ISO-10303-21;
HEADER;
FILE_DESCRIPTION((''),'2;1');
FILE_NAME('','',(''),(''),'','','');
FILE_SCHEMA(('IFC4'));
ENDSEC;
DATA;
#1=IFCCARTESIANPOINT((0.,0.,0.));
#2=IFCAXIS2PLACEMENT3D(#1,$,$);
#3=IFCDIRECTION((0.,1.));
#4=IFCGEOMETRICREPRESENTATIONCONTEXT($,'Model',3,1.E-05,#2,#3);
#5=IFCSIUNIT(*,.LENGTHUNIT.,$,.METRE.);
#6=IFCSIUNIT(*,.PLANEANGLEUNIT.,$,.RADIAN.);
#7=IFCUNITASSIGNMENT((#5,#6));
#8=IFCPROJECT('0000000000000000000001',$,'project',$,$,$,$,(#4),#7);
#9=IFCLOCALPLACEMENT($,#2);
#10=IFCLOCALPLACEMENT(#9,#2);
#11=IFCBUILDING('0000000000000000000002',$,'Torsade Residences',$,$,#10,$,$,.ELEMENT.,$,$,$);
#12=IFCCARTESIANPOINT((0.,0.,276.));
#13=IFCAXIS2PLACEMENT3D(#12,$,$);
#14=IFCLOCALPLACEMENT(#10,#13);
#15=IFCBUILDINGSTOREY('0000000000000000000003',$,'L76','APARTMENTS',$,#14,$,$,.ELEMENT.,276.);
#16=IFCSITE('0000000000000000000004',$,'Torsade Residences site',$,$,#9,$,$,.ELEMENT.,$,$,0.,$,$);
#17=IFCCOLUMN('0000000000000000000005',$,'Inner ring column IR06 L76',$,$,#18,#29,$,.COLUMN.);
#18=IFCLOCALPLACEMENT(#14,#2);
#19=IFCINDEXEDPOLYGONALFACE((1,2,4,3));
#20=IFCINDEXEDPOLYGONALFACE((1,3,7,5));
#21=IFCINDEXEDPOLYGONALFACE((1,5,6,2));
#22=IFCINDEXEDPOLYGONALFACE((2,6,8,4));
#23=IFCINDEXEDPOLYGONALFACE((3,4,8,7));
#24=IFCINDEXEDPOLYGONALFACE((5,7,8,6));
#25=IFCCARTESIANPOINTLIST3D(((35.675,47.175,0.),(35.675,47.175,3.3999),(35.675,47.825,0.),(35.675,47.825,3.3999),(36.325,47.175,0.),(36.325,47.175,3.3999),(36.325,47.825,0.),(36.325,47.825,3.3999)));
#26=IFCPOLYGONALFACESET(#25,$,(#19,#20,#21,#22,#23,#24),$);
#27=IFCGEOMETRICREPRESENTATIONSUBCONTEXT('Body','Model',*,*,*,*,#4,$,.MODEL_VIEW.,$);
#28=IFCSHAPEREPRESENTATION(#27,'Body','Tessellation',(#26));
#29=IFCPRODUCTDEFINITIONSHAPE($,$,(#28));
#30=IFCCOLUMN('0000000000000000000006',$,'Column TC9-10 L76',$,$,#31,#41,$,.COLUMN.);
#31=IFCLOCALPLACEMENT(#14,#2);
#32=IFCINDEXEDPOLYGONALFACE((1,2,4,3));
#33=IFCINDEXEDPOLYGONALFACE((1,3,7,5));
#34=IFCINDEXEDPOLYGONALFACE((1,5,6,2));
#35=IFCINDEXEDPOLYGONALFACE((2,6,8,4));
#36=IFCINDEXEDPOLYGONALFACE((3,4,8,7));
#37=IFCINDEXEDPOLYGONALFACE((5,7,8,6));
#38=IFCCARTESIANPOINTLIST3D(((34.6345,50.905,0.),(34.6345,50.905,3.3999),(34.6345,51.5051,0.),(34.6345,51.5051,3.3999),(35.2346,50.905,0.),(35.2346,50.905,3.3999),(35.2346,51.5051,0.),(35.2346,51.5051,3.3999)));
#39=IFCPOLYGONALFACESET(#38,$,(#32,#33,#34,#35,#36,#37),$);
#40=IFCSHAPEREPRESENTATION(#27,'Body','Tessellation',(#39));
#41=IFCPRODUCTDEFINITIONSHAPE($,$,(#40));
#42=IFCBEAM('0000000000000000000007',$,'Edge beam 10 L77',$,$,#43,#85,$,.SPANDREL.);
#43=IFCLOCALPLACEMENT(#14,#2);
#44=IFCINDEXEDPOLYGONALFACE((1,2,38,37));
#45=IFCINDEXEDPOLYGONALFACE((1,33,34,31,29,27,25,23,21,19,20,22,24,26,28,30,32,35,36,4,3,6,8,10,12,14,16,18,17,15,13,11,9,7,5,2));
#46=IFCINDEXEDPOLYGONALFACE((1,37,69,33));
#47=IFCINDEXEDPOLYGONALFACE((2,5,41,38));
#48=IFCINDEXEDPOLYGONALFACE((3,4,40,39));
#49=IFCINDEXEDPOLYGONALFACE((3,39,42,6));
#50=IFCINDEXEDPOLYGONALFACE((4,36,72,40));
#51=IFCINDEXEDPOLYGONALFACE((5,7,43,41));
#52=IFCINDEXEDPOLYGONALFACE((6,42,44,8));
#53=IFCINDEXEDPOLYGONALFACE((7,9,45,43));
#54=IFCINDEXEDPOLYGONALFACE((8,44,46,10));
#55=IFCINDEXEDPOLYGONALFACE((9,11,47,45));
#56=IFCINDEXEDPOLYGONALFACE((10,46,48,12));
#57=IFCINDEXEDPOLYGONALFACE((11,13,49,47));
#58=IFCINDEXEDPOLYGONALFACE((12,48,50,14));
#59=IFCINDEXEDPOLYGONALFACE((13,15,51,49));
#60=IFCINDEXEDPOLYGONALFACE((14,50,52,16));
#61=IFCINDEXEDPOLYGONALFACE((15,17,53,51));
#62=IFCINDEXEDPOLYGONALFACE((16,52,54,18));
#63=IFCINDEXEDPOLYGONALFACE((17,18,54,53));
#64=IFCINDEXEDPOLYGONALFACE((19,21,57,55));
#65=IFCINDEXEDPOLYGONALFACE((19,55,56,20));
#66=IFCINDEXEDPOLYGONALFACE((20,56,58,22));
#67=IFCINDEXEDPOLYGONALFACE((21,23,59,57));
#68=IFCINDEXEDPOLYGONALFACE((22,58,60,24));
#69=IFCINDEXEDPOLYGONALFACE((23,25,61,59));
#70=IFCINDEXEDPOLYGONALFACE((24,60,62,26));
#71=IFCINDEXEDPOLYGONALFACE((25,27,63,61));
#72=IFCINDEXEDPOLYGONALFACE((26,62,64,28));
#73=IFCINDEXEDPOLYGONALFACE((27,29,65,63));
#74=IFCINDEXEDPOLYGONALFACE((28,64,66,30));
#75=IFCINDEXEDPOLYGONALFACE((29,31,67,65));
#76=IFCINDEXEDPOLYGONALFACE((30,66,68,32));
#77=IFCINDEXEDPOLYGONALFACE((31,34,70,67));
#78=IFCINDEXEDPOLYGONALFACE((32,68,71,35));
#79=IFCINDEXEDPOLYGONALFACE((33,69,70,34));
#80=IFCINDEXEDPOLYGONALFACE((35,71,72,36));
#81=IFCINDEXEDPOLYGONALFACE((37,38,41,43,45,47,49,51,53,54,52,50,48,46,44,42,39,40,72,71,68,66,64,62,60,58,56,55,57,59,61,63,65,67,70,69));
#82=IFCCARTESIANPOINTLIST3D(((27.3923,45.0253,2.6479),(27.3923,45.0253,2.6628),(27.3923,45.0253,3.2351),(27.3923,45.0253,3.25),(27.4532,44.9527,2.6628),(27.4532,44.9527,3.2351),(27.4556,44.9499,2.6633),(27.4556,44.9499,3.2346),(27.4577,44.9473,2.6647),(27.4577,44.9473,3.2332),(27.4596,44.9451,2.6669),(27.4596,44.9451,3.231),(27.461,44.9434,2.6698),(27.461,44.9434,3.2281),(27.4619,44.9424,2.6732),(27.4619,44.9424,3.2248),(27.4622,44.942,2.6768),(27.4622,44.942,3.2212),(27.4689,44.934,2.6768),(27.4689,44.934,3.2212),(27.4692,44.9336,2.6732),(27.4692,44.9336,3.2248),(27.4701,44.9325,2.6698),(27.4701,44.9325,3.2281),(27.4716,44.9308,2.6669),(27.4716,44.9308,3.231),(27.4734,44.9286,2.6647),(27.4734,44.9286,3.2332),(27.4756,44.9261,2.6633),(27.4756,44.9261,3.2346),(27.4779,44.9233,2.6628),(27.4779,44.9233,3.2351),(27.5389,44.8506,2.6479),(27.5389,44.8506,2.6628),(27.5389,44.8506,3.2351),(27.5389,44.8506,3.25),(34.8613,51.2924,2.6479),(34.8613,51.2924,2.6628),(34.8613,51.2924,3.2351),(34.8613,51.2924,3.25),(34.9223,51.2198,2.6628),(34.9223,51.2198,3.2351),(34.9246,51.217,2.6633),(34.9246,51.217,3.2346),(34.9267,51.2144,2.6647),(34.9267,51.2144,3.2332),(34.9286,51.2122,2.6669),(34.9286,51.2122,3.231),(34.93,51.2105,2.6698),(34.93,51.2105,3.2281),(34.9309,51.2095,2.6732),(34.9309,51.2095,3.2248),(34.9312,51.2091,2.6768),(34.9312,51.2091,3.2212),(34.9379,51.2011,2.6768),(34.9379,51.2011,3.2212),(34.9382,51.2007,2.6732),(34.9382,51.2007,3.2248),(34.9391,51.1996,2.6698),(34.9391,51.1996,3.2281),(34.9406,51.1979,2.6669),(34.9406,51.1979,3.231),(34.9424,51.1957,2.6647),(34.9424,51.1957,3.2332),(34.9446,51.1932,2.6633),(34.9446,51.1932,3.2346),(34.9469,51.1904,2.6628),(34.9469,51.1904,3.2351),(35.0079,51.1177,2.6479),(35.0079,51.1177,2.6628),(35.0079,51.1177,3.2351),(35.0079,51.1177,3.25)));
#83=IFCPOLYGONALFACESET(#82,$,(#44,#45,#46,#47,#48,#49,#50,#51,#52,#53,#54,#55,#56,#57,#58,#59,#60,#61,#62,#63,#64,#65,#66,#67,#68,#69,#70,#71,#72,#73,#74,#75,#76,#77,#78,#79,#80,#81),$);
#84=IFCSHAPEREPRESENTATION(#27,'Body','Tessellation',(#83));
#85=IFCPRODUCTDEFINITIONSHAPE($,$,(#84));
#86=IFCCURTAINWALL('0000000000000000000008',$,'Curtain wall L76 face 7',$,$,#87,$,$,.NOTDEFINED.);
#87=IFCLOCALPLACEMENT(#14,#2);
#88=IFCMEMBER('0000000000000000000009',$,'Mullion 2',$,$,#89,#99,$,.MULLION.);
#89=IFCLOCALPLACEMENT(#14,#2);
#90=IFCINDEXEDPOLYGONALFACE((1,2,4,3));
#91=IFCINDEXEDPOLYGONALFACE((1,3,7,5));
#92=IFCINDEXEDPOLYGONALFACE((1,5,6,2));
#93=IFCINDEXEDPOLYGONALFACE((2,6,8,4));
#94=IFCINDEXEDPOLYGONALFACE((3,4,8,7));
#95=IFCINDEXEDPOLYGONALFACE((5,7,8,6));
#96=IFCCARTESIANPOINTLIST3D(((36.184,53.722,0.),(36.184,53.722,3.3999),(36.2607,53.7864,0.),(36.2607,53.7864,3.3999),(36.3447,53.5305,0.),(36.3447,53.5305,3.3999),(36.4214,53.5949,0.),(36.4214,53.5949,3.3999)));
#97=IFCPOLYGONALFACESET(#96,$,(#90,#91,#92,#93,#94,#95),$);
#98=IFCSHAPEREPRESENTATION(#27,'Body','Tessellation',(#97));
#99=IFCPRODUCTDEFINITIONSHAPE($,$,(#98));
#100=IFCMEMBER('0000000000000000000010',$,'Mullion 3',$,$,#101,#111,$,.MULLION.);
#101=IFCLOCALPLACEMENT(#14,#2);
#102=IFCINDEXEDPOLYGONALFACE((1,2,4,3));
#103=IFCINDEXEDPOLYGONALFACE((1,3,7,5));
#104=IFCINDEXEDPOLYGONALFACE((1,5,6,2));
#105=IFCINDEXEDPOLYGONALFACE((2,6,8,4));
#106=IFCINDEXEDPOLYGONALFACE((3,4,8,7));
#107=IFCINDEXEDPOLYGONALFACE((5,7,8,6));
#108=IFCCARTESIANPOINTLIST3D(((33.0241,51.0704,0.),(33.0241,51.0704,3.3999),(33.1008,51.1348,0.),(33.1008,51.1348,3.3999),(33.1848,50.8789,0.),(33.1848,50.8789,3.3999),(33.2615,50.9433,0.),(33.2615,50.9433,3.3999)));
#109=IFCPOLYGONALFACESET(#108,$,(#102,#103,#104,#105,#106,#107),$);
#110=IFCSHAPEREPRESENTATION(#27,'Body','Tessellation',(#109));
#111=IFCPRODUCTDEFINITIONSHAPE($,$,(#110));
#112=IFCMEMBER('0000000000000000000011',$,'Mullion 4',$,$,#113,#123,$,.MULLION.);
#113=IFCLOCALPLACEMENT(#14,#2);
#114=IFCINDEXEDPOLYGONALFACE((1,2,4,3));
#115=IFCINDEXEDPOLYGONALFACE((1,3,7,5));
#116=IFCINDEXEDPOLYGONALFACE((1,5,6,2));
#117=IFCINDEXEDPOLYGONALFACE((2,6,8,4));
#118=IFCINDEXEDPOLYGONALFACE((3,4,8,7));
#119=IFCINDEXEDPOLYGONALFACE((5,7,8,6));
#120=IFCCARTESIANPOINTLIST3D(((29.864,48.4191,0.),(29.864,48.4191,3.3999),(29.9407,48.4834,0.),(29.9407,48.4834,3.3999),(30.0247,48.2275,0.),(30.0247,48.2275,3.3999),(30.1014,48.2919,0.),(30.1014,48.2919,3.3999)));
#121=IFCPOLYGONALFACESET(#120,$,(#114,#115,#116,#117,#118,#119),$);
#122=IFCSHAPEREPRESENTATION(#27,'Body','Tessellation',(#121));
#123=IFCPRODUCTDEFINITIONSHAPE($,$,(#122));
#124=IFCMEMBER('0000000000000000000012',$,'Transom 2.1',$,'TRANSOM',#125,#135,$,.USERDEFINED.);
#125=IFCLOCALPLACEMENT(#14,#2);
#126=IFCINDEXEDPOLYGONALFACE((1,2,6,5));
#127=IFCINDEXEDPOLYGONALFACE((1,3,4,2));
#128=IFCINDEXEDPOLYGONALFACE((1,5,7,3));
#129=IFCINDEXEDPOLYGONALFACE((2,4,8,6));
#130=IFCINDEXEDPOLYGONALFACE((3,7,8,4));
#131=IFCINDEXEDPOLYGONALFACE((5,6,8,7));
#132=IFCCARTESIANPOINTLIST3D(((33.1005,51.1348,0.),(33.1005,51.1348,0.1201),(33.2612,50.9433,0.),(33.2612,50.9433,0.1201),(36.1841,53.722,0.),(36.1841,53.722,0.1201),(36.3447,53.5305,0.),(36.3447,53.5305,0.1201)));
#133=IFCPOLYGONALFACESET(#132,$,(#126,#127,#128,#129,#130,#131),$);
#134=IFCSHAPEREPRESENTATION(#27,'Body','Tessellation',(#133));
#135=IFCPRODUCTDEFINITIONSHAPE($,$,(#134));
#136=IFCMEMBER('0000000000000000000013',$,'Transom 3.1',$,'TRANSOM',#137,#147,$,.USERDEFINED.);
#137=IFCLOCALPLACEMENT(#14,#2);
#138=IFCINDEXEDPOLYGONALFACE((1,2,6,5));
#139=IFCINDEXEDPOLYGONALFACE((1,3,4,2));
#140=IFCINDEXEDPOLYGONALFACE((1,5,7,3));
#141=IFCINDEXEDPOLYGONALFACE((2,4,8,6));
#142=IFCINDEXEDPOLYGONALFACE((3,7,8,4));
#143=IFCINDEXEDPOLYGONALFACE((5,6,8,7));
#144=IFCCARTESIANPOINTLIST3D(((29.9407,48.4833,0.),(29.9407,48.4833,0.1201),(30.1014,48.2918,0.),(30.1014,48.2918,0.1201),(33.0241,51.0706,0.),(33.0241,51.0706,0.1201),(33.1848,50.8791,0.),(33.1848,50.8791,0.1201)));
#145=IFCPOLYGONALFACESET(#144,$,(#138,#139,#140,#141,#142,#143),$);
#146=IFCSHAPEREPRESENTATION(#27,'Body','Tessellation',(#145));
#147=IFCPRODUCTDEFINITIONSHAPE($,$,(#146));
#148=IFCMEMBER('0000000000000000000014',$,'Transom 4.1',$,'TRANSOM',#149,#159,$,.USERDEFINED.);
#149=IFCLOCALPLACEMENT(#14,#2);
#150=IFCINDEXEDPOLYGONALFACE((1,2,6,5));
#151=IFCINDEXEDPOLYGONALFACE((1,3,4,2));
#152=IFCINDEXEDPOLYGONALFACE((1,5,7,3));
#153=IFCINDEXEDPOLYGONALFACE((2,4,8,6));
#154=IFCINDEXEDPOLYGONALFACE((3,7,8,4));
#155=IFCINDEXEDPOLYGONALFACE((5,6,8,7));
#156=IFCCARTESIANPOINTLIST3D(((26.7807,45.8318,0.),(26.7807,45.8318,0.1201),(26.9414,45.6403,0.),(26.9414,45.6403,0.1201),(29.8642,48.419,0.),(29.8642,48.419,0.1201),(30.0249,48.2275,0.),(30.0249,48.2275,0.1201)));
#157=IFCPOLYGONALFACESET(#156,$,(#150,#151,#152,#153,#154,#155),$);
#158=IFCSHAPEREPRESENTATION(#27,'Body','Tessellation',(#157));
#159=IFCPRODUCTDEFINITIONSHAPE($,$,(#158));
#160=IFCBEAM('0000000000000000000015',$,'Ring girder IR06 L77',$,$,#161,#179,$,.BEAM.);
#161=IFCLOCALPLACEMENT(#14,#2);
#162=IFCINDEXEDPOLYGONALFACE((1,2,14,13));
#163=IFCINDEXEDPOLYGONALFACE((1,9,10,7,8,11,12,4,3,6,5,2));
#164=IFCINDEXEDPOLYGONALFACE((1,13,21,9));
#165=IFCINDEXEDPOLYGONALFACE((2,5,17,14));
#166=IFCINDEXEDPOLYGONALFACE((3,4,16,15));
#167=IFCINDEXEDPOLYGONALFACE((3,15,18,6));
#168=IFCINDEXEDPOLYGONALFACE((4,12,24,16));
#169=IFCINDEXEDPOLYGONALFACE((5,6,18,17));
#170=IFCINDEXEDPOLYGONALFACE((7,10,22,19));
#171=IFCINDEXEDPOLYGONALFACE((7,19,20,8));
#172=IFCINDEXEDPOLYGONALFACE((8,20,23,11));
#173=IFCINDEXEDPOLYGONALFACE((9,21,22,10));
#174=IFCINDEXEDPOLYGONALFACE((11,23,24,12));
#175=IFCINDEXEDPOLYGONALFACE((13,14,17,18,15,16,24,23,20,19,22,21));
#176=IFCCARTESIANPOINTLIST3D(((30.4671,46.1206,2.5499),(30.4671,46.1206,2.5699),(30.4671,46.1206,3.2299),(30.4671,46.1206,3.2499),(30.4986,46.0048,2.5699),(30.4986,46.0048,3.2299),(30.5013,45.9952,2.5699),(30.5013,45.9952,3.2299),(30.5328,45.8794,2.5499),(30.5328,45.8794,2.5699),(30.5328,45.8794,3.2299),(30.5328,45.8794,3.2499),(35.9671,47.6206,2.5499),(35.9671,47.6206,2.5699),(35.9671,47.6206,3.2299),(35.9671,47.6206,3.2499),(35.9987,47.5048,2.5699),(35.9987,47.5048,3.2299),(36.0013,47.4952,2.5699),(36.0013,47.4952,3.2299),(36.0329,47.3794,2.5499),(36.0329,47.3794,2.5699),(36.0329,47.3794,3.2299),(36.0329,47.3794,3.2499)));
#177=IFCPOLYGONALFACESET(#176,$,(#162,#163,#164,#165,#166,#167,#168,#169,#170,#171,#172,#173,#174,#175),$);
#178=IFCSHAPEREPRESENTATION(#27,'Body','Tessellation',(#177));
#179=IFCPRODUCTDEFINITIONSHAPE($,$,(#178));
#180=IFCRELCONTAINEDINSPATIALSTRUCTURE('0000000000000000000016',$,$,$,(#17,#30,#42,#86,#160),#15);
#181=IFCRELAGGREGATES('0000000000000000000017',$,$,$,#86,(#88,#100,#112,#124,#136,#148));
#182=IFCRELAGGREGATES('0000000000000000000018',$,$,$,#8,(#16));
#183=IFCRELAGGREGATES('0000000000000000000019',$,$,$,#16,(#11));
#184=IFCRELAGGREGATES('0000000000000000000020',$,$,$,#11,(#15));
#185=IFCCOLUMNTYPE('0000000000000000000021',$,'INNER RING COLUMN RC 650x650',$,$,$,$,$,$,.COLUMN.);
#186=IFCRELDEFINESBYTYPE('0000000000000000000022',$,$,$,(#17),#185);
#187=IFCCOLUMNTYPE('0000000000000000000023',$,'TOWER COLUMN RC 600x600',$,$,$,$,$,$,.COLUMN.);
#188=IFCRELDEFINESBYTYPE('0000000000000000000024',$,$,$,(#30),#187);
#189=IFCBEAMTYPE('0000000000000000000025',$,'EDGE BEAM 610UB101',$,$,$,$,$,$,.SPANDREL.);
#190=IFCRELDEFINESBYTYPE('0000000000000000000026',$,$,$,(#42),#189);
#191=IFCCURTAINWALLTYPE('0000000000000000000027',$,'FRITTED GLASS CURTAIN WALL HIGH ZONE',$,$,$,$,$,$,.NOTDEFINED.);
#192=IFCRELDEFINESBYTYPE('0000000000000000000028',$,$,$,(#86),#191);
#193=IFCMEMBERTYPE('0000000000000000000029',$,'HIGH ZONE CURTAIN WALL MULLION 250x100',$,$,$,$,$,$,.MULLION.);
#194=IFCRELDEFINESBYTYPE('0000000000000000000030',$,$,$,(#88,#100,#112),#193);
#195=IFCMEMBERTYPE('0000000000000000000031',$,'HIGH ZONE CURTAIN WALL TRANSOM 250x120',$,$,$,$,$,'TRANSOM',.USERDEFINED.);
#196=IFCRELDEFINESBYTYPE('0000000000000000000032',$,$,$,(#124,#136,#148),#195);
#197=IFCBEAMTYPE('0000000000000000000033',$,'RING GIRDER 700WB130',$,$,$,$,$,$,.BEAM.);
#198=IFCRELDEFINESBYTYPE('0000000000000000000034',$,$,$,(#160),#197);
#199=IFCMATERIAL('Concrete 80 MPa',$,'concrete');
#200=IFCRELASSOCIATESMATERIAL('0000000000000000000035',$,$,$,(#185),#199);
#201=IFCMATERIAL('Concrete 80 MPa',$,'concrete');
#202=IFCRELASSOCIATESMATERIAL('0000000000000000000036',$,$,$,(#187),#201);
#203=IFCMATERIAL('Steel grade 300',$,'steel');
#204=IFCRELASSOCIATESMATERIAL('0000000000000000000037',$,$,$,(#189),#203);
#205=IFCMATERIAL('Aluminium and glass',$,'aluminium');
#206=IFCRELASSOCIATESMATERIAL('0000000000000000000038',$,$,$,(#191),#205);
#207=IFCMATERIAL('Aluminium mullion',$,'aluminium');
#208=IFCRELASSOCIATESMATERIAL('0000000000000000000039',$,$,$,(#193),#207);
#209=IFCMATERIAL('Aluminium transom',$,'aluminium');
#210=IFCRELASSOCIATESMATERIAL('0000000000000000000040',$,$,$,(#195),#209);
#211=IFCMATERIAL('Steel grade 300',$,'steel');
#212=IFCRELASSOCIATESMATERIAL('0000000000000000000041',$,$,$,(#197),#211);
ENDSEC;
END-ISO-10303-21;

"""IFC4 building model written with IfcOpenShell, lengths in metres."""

from ifc_helpers import new_model, si_unit, direction, frame, origin, origin_2d, place, context, subcontext, project, spatial, rectangle, i_section, extrude, material, material_profile, profile_set, type_object, element, aggregate, save


model = new_model("IFC4")

# Units and contexts
model_context = context("Model", 3, precision=1e-05, world=origin(), true_north=direction((0.0, 1.0)))
body_context = subcontext(model_context, "Body", "Model", "MODEL_VIEW")
ifc_project = project(units=[si_unit("LENGTHUNIT", "METRE"), si_unit("PLANEANGLEUNIT", "RADIAN")], contexts=[model_context])

# Site, building, storey
site_placement = place(None, origin())
site = spatial("IfcSite", under=ifc_project, at=site_placement, Name="Torsade Residences site", CompositionType="ELEMENT", RefElevation=0.0)
building_placement = place(site_placement, origin())
building = spatial("IfcBuilding", under=site, at=building_placement, Name="Torsade Residences", CompositionType="ELEMENT")
storey_placement = place(building_placement, frame((0.0, 0.0, 276.0)))
storey = spatial("IfcBuildingStorey", under=building, at=storey_placement, Name="L76", Description="APARTMENTS", CompositionType="ELEMENT", Elevation=276.0)

# Columns
ifc_material_1 = material(Name="Concrete 80 MPa", Category="concrete")
ifc_material_profile_1 = material_profile(ifc_material_1, rectangle(XDim=0.6499, YDim=0.6499, at=origin_2d()), Name="RC 650x650")
ifc_profile_set_1 = profile_set([ifc_material_profile_1], Name="Concrete 80 MPa")
column_type_1 = type_object("IfcColumnType", Name="INNER RING COLUMN RC 650x650", PredefinedType="COLUMN", material=ifc_profile_set_1)
column_1_placement = place(storey_placement, frame((36.0, 47.5, 0.0), z_axis=(0.0, 0.0, 1.0), x_axis=(1.0, 0.0, 0.0)))
element("IfcColumn", 1, at=column_1_placement, inside=storey, type_object=column_type_1, Name="Inner ring column IR06 L76", PredefinedType="COLUMN", context=body_context, shape_type="SweptSolid", body=[
    extrude(rectangle(XDim=0.6499, YDim=0.6499, at=origin_2d()), origin(), (0.0, 0.0, 1.0), 3.3999),
])
ifc_material_2 = material(Name="Concrete 80 MPa", Category="concrete")
ifc_material_profile_2 = material_profile(ifc_material_2, rectangle(XDim=0.6001, YDim=0.6001, at=origin_2d()), Name="RC 600x600")
ifc_profile_set_2 = profile_set([ifc_material_profile_2], Name="Concrete 80 MPa")
column_type_2 = type_object("IfcColumnType", Name="TOWER COLUMN RC 600x600", PredefinedType="COLUMN", material=ifc_profile_set_2)
column_2_placement = place(storey_placement, frame((34.9346, 51.2051, 0.0), z_axis=(0.0, 0.0, 1.0), x_axis=(1.0, 0.0, 0.0)))
element("IfcColumn", 2, at=column_2_placement, inside=storey, type_object=column_type_2, Name="Column TC9-10 L76", PredefinedType="COLUMN", context=body_context, shape_type="SweptSolid", body=[
    extrude(rectangle(XDim=0.6001, YDim=0.6001, at=origin_2d()), origin(), (0.0, 0.0, 1.0), 3.3999),
])

# Beam
ifc_material_3 = material(Name="Steel grade 300", Category="steel")
ifc_material_profile_3 = material_profile(ifc_material_3, i_section(OverallWidth=0.228, OverallDepth=0.6021, WebThickness=0.0105, FlangeThickness=0.0149, FilletRadius=0.0139, at=origin_2d()), Name="610UB101")
ifc_profile_set_3 = profile_set([ifc_material_profile_3], Name="Steel grade 300")
beam_type_1 = type_object("IfcBeamType", Name="EDGE BEAM 610UB101", PredefinedType="SPANDREL", material=ifc_profile_set_3)
beam_1_placement = place(storey_placement, frame((34.9346, 51.2051, 2.949), z_axis=(-0.766052, -0.642779, 0.0), x_axis=(0.642779, -0.766052, 0.0)))
element("IfcBeam", 3, at=beam_1_placement, inside=storey, type_object=beam_type_1, Name="Edge beam 10 L77", PredefinedType="SPANDREL", context=body_context, shape_type="SweptSolid", body=[
    extrude(i_section(OverallWidth=0.228, OverallDepth=0.6021, WebThickness=0.0105, FlangeThickness=0.0149, FilletRadius=0.0139, at=origin_2d()), origin(), (0.0, 0.0, 1.0), 9.75),
])

# Curtain wall, members
ifc_material_4 = material(Name="Aluminium and glass", Category="aluminium")
curtain_wall_type = type_object("IfcCurtainWallType", Name="FRITTED GLASS CURTAIN WALL HIGH ZONE", PredefinedType="NOTDEFINED", material=ifc_material_4)
curtain_wall_placement = place(storey_placement, origin())
curtain_wall = element("IfcCurtainWall", 4, at=curtain_wall_placement, inside=storey, type_object=curtain_wall_type, Name="Curtain wall L76 face 7", PredefinedType="NOTDEFINED")
ifc_material_5 = material(Name="Aluminium mullion", Category="aluminium")
ifc_material_profile_4 = material_profile(ifc_material_5, rectangle(XDim=0.25, YDim=0.1001, at=origin_2d()), Name="HIGH ZONE CURTAIN WALL MULLION 250x100")
ifc_profile_set_4 = profile_set([ifc_material_profile_4], Name="Aluminium mullion")
member_type_1 = type_object("IfcMemberType", Name="HIGH ZONE CURTAIN WALL MULLION 250x100", PredefinedType="MULLION", material=ifc_profile_set_4)
member_1_placement = place(storey_placement, frame((36.3027, 53.6584, 0.0), z_axis=(0.0, 0.0, 1.0), x_axis=(0.642788, -0.766044, 0.0)))
member_1 = element("IfcMember", 5, at=member_1_placement, type_object=member_type_1, Name="Mullion 2", PredefinedType="MULLION", context=body_context, shape_type="SweptSolid", body=[
    extrude(rectangle(XDim=0.25, YDim=0.1001, at=origin_2d()), origin(), (0.0, 0.0, 1.0), 3.3999),
])
member_2_placement = place(storey_placement, frame((33.1428, 51.0068, 0.0), z_axis=(0.0, 0.0, 1.0), x_axis=(0.642788, -0.766044, 0.0)))
member_2 = element("IfcMember", 6, at=member_2_placement, type_object=member_type_1, Name="Mullion 3", PredefinedType="MULLION", context=body_context, shape_type="SweptSolid", body=[
    extrude(rectangle(XDim=0.25, YDim=0.1001, at=origin_2d()), origin(), (0.0, 0.0, 1.0), 3.3999),
])
member_3_placement = place(storey_placement, frame((29.9827, 48.3555, 0.0), z_axis=(0.0, 0.0, 1.0), x_axis=(0.642788, -0.766044, 0.0)))
member_3 = element("IfcMember", 7, at=member_3_placement, type_object=member_type_1, Name="Mullion 4", PredefinedType="MULLION", context=body_context, shape_type="SweptSolid", body=[
    extrude(rectangle(XDim=0.25, YDim=0.1001, at=origin_2d()), origin(), (0.0, 0.0, 1.0), 3.3999),
])
ifc_material_6 = material(Name="Aluminium transom", Category="aluminium")
ifc_material_profile_5 = material_profile(ifc_material_6, rectangle(XDim=0.25, YDim=0.1201, at=origin_2d()), Name="HIGH ZONE CURTAIN WALL TRANSOM 250x120")
ifc_profile_set_5 = profile_set([ifc_material_profile_5], Name="Aluminium transom")
member_type_2 = type_object("IfcMemberType", Name="HIGH ZONE CURTAIN WALL TRANSOM 250x120", ElementType="TRANSOM", PredefinedType="USERDEFINED", material=ifc_profile_set_5)
member_4_placement = place(storey_placement, frame((36.2644, 53.6262, 0.0601), z_axis=(-0.766069, -0.642758, 0.0), x_axis=(0.642758, -0.766069, 0.0)))
member_4 = element("IfcMember", 8, at=member_4_placement, type_object=member_type_2, Name="Transom 2.1", ObjectType="TRANSOM", PredefinedType="USERDEFINED", context=body_context, shape_type="SweptSolid", body=[
    extrude(rectangle(XDim=0.25, YDim=0.1201, at=origin_2d()), origin(), (0.0, 0.0, 1.0), 4.0251),
])
member_5_placement = place(storey_placement, frame((33.1045, 50.9749, 0.0601), z_axis=(-0.766039, -0.642794, 0.0), x_axis=(0.642794, -0.766039, 0.0)))
member_5 = element("IfcMember", 9, at=member_5_placement, type_object=member_type_2, Name="Transom 3.1", ObjectType="TRANSOM", PredefinedType="USERDEFINED", context=body_context, shape_type="SweptSolid", body=[
    extrude(rectangle(XDim=0.25, YDim=0.1201, at=origin_2d()), origin(), (0.0, 0.0, 1.0), 4.0251),
])
member_6_placement = place(storey_placement, frame((29.9446, 48.3232, 0.0601), z_axis=(-0.766069, -0.642758, 0.0), x_axis=(0.642758, -0.766069, 0.0)))
member_6 = element("IfcMember", 10, at=member_6_placement, type_object=member_type_2, Name="Transom 4.1", ObjectType="TRANSOM", PredefinedType="USERDEFINED", context=body_context, shape_type="SweptSolid", body=[
    extrude(rectangle(XDim=0.25, YDim=0.1201, at=origin_2d()), origin(), (0.0, 0.0, 1.0), 4.0251),
])

# Beam
ifc_material_7 = material(Name="Steel grade 300", Category="steel")
ifc_material_profile_6 = material_profile(ifc_material_7, i_section(OverallWidth=0.25, OverallDepth=0.7, WebThickness=0.01, FlangeThickness=0.02, at=origin_2d()), Name="700WB130")
ifc_profile_set_6 = profile_set([ifc_material_profile_6], Name="Steel grade 300")
beam_type_2 = type_object("IfcBeamType", Name="RING GIRDER 700WB130", PredefinedType="BEAM", material=ifc_profile_set_6)
beam_2_placement = place(storey_placement, frame((36.0, 47.5, 2.8999), z_axis=(-0.964764, -0.263117, 0.0), x_axis=(0.263117, -0.964764, 0.0)))
element("IfcBeam", 11, at=beam_2_placement, inside=storey, type_object=beam_type_2, Name="Ring girder IR06 L77", PredefinedType="BEAM", context=body_context, shape_type="SweptSolid", body=[
    extrude(i_section(OverallWidth=0.25, OverallDepth=0.7, WebThickness=0.01, FlangeThickness=0.02, at=origin_2d()), origin(), (0.0, 0.0, 1.0), 5.7009),
])

aggregate(curtain_wall, [member_1, member_2, member_3, member_4, member_5, member_6])

save(model, "model.ifc")
